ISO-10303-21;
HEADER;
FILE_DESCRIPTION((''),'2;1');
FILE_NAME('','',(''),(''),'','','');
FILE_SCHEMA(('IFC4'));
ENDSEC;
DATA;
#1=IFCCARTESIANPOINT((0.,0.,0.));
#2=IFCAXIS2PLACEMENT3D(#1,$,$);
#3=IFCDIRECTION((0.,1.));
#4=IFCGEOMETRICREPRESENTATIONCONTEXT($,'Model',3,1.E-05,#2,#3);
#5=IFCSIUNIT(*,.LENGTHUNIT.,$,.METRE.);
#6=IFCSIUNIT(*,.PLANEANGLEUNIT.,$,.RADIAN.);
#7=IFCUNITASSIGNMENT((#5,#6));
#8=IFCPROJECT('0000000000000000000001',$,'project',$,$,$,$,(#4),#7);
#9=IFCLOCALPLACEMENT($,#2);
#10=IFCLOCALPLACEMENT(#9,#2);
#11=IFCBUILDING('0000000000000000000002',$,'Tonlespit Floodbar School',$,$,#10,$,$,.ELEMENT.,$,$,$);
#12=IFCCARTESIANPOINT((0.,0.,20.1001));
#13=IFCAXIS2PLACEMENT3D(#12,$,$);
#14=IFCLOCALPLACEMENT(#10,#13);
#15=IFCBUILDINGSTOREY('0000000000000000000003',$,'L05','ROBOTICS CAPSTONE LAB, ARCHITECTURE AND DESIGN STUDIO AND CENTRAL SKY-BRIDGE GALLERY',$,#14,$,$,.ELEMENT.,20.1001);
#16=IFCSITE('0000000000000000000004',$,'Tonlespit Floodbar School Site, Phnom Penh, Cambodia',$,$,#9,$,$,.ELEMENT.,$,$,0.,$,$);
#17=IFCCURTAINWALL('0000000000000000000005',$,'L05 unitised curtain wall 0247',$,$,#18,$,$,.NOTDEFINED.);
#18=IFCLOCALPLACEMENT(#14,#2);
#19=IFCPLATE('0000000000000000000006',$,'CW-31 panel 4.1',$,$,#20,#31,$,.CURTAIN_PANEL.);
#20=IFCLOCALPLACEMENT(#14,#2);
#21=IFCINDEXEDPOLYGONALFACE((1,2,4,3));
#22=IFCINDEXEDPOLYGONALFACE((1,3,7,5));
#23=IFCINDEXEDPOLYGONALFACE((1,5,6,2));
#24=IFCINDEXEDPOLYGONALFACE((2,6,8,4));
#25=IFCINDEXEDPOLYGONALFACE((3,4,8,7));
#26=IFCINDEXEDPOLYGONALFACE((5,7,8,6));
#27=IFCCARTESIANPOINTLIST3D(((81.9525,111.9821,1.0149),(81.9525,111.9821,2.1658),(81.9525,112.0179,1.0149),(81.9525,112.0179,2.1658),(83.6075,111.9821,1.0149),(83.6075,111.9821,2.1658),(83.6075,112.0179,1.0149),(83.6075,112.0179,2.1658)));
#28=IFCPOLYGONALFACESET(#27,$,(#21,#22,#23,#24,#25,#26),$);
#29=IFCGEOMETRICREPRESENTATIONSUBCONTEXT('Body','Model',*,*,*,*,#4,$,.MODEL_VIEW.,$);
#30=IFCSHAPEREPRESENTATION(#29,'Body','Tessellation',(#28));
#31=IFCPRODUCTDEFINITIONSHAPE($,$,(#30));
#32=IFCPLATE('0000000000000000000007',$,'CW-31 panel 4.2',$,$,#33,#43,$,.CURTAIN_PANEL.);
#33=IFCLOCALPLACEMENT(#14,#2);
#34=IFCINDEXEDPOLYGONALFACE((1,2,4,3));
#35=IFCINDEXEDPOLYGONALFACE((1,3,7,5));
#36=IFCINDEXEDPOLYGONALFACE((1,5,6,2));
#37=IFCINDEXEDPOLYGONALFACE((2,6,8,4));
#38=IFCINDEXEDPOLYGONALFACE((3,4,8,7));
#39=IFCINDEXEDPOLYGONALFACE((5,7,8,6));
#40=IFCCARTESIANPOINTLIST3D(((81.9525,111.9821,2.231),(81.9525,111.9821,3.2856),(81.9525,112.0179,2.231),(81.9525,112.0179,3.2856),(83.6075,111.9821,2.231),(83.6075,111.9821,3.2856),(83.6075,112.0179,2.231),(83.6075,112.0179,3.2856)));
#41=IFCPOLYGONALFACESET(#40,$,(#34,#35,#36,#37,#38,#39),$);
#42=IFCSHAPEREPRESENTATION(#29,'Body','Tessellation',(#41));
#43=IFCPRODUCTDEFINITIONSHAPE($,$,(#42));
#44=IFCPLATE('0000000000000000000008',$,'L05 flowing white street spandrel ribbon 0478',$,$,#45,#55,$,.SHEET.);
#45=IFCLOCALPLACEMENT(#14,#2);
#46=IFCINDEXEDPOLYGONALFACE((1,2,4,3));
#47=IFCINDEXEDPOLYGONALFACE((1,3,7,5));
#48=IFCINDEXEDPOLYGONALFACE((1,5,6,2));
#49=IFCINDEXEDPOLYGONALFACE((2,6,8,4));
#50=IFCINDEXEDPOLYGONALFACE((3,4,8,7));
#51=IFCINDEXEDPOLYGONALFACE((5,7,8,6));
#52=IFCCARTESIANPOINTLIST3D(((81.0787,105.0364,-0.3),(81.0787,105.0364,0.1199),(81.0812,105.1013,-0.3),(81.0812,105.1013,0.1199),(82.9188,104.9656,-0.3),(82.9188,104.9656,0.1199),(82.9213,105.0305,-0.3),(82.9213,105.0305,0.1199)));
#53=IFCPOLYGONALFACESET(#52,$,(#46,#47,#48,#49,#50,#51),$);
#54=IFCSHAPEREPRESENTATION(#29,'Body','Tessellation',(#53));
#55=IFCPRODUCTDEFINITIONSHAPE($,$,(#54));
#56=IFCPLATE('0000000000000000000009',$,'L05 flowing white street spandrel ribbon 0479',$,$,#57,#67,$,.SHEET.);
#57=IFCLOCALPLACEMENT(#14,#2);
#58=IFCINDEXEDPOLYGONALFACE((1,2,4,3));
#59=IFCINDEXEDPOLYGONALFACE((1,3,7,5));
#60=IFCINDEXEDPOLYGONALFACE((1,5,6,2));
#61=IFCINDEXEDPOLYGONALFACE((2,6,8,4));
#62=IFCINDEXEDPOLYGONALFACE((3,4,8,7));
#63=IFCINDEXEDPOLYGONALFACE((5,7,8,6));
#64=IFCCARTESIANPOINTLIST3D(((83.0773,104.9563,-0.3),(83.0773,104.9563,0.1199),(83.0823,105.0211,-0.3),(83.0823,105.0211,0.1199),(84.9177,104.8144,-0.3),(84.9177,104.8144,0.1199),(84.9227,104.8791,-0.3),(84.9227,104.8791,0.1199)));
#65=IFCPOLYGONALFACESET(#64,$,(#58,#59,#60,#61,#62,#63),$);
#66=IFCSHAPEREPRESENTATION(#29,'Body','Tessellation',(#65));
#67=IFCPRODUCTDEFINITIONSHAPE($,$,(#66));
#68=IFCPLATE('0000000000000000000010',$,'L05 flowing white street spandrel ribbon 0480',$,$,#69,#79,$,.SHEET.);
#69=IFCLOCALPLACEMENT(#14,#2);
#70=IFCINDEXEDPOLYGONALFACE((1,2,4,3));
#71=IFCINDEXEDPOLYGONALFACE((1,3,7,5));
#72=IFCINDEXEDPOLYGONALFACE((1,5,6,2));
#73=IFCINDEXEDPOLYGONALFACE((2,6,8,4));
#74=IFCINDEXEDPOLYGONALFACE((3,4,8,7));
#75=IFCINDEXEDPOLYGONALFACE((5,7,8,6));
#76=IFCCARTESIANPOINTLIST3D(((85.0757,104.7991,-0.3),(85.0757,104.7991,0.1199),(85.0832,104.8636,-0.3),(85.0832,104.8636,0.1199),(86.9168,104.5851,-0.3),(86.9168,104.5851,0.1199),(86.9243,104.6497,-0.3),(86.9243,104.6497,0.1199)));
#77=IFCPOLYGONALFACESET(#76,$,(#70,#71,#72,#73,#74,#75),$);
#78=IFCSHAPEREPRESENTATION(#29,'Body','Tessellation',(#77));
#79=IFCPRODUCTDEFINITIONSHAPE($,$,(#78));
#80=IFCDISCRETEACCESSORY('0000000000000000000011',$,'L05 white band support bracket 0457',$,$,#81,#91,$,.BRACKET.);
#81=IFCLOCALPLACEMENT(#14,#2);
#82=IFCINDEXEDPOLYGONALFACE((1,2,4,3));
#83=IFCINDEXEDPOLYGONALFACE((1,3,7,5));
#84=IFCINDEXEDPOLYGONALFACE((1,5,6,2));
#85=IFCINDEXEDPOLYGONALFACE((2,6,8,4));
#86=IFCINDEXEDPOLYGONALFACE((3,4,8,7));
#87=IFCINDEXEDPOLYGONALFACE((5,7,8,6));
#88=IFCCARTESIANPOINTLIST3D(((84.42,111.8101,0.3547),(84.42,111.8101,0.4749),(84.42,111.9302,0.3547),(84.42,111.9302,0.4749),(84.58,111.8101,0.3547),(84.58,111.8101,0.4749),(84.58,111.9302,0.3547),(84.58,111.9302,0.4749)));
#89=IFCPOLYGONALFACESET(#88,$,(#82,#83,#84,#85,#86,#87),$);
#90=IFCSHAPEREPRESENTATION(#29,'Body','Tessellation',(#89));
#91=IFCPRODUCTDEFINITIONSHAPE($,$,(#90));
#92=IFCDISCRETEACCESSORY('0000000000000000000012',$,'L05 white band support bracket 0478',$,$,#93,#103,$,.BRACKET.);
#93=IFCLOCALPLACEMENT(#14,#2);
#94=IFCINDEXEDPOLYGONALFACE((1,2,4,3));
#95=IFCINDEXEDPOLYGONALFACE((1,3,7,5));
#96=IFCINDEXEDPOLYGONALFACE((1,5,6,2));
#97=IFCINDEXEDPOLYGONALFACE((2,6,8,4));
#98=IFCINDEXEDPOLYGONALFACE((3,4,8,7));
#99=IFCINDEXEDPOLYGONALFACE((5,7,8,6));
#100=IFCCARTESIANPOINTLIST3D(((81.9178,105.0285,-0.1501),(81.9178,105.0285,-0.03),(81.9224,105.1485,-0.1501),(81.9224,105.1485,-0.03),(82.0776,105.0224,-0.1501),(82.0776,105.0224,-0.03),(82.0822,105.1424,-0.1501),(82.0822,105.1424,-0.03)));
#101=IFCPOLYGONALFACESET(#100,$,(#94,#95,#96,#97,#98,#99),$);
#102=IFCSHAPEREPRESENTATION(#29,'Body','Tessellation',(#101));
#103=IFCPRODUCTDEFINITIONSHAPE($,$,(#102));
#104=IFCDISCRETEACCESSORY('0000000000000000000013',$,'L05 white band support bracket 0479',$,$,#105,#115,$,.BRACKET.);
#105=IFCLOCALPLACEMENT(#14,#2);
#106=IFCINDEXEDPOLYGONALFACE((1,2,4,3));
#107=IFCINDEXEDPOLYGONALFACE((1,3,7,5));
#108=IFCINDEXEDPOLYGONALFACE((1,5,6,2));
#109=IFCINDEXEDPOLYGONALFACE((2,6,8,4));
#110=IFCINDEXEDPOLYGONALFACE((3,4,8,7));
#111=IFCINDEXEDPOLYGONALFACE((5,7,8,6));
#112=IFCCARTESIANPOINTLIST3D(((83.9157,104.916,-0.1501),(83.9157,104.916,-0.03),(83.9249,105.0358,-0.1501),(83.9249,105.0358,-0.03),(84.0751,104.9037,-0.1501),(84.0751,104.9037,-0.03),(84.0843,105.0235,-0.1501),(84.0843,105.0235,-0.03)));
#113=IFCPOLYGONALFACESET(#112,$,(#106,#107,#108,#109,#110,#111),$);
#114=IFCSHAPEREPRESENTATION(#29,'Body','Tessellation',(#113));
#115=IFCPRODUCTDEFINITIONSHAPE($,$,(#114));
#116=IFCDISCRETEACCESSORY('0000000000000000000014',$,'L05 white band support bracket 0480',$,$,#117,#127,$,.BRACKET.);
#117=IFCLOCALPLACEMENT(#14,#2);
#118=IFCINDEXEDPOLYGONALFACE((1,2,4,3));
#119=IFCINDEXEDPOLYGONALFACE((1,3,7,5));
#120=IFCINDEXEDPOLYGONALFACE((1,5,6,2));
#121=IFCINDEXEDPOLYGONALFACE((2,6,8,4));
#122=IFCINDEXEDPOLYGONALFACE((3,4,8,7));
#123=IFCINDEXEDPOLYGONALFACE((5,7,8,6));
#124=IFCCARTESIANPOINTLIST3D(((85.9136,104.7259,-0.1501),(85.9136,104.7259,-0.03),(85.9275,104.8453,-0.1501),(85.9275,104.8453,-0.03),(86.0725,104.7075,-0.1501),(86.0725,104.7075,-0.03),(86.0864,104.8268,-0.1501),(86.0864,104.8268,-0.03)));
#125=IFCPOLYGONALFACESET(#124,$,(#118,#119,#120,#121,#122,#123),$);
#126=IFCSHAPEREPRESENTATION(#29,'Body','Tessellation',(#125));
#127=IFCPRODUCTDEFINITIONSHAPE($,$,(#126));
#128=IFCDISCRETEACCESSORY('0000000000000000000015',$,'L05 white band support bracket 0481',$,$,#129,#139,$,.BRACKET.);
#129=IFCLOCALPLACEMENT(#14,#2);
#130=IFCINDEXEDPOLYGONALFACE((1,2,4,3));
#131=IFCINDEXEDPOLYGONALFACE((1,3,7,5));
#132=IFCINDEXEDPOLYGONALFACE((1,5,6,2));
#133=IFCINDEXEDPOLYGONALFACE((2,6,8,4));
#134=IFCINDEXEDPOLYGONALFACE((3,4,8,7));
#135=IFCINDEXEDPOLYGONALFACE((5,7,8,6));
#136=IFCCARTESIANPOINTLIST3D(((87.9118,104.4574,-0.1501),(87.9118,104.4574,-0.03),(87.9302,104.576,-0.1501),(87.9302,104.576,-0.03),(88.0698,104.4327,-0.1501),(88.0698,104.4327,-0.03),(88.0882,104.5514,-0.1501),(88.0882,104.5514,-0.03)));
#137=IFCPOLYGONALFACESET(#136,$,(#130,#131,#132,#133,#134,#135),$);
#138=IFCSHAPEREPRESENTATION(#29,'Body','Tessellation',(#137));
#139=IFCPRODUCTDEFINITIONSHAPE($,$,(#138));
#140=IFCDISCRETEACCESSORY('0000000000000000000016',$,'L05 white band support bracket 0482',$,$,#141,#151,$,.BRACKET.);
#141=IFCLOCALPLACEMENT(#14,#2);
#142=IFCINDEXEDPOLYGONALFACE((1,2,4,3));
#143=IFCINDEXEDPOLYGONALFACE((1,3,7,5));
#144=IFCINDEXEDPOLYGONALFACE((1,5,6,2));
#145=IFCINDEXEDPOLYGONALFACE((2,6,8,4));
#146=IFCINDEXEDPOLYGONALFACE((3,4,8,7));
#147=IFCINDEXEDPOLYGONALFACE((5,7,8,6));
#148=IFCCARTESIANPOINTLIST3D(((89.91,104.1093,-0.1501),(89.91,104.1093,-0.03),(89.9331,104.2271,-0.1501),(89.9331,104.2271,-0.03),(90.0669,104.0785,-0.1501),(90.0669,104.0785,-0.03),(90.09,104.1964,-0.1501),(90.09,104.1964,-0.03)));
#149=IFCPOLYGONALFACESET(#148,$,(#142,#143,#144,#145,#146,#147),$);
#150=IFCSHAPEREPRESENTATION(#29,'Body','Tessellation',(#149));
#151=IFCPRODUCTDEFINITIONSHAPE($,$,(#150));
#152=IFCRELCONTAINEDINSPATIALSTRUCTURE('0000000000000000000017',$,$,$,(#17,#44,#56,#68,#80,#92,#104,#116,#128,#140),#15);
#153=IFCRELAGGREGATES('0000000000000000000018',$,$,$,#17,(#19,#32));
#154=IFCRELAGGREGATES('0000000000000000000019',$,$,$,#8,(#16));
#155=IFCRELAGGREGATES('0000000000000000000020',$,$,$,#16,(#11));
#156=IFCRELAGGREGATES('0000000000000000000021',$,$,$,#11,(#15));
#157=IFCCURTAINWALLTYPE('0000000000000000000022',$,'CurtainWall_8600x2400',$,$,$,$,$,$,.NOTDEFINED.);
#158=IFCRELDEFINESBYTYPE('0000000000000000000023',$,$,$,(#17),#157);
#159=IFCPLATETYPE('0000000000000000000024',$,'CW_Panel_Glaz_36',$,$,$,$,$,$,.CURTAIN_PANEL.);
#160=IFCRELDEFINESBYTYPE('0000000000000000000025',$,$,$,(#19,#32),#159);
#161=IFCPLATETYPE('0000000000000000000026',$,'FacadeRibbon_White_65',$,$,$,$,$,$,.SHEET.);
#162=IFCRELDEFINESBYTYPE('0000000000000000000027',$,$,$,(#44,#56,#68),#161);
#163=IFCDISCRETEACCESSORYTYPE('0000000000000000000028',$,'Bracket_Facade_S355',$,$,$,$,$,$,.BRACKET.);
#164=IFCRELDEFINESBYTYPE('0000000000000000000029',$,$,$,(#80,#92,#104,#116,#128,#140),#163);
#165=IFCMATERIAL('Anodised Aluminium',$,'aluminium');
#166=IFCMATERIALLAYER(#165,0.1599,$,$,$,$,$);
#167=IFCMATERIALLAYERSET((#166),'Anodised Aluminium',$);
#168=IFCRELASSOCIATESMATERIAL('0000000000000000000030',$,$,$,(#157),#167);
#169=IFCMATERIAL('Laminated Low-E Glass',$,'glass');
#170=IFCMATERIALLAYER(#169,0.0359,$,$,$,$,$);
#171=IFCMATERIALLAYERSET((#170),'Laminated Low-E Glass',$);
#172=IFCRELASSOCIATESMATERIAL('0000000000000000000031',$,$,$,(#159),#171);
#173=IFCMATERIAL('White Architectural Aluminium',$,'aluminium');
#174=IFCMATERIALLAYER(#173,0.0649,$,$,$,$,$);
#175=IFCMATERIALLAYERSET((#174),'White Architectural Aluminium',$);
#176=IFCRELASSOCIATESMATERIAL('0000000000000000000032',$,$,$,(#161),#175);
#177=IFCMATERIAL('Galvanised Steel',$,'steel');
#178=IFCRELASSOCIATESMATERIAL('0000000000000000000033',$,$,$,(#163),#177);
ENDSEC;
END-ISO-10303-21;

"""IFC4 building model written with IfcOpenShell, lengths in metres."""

from ifc_helpers import new_model, si_unit, direction, frame, origin, origin_2d, place, context, subcontext, project, spatial, rectangle, extrude, material, layer, layer_set, type_object, element, aggregate, save


model = new_model("IFC4")

# Units and contexts
model_context = context("Model", 3, precision=1e-05, world=origin(), true_north=direction((0.0, 1.0)))
body_context = subcontext(model_context, "Body", "Model", "MODEL_VIEW")
ifc_project = project(units=[si_unit("LENGTHUNIT", "METRE"), si_unit("PLANEANGLEUNIT", "RADIAN")], contexts=[model_context])

# Site, building, storey
site_placement = place(None, origin())
site = spatial("IfcSite", under=ifc_project, at=site_placement, Name="Tonlespit Floodbar School Site, Phnom Penh, Cambodia", CompositionType="ELEMENT", RefElevation=0.0)
building_placement = place(site_placement, origin())
building = spatial("IfcBuilding", under=site, at=building_placement, Name="Tonlespit Floodbar School", CompositionType="ELEMENT")
storey_placement = place(building_placement, frame((0.0, 0.0, 20.1001)))
storey = spatial("IfcBuildingStorey", under=building, at=storey_placement, Name="L05", Description="ROBOTICS CAPSTONE LAB, ARCHITECTURE AND DESIGN STUDIO AND CENTRAL SKY-BRIDGE GALLERY", CompositionType="ELEMENT", Elevation=20.1001)

# Curtain wall, plates
ifc_material_1 = material(Name="Anodised Aluminium", Category="aluminium")
ifc_layer_1 = layer(ifc_material_1, 0.1599)
ifc_layer_set_1 = layer_set([ifc_layer_1], Name="Anodised Aluminium")
curtain_wall_type = type_object("IfcCurtainWallType", Name="CurtainWall_8600x2400", PredefinedType="NOTDEFINED", material=ifc_layer_set_1)
curtain_wall_placement = place(storey_placement, origin())
curtain_wall = element("IfcCurtainWall", 1, at=curtain_wall_placement, inside=storey, type_object=curtain_wall_type, Name="L05 unitised curtain wall 0247", PredefinedType="NOTDEFINED")
ifc_material_2 = material(Name="Laminated Low-E Glass", Category="glass")
ifc_layer_2 = layer(ifc_material_2, 0.0359)
ifc_layer_set_2 = layer_set([ifc_layer_2], Name="Laminated Low-E Glass")
plate_type_1 = type_object("IfcPlateType", Name="CW_Panel_Glaz_36", PredefinedType="CURTAIN_PANEL", material=ifc_layer_set_2)
plate_1_placement = place(storey_placement, frame((82.78, 112.0, 1.0149), z_axis=(0.0, 0.0, 1.0), x_axis=(-1.0, 0.0, 0.0)))
plate_1 = element("IfcPlate", 2, at=plate_1_placement, type_object=plate_type_1, Name="CW-31 panel 4.1", PredefinedType="CURTAIN_PANEL", context=body_context, shape_type="SweptSolid", body=[
    extrude(rectangle(XDim=1.655, YDim=0.0359, at=origin_2d()), origin(), (0.0, 0.0, 1.0), 1.1509),
])
plate_2_placement = place(storey_placement, frame((82.78, 112.0, 2.231), z_axis=(0.0, 0.0, 1.0), x_axis=(-1.0, 0.0, 0.0)))
plate_2 = element("IfcPlate", 3, at=plate_2_placement, type_object=plate_type_1, Name="CW-31 panel 4.2", PredefinedType="CURTAIN_PANEL", context=body_context, shape_type="SweptSolid", body=[
    extrude(rectangle(XDim=1.655, YDim=0.0359, at=origin_2d()), origin(), (0.0, 0.0, 1.0), 1.0547),
])
aggregate(curtain_wall, [plate_1, plate_2])

# Plates
ifc_material_3 = material(Name="White Architectural Aluminium", Category="aluminium")
ifc_layer_3 = layer(ifc_material_3, 0.0649)
ifc_layer_set_3 = layer_set([ifc_layer_3], Name="White Architectural Aluminium")
plate_type_2 = type_object("IfcPlateType", Name="FacadeRibbon_White_65", PredefinedType="SHEET", material=ifc_layer_set_3)
plate_3_placement = place(storey_placement, frame((82.0, 105.0334, -0.3), z_axis=(0.0, 0.0, 1.0), x_axis=(0.99926, -0.038472, 0.0)))
element("IfcPlate", 4, at=plate_3_placement, inside=storey, type_object=plate_type_2, Name="L05 flowing white street spandrel ribbon 0478", PredefinedType="SHEET", context=body_context, shape_type="SweptSolid", body=[
    extrude(rectangle(XDim=1.8416, YDim=0.0649, at=origin_2d()), origin(), (0.0, 0.0, 1.0), 0.4199),
])
plate_4_placement = place(storey_placement, frame((84.0, 104.9177, -0.3), z_axis=(0.0, 0.0, 1.0), x_axis=(0.997037, -0.076921, 0.0)))
element("IfcPlate", 5, at=plate_4_placement, inside=storey, type_object=plate_type_2, Name="L05 flowing white street spandrel ribbon 0479", PredefinedType="SHEET", context=body_context, shape_type="SweptSolid", body=[
    extrude(rectangle(XDim=1.8459, YDim=0.0649, at=origin_2d()), origin(), (0.0, 0.0, 1.0), 0.4199),
])
plate_5_placement = place(storey_placement, frame((86.0, 104.7244, -0.3), z_axis=(0.0, 0.0, 1.0), x_axis=(0.993316, -0.115423, 0.0)))
element("IfcPlate", 6, at=plate_5_placement, inside=storey, type_object=plate_type_2, Name="L05 flowing white street spandrel ribbon 0480", PredefinedType="SHEET", context=body_context, shape_type="SweptSolid", body=[
    extrude(rectangle(XDim=1.8535, YDim=0.0649, at=origin_2d()), origin(), (0.0, 0.0, 1.0), 0.4199),
])

# Discrete accessories
ifc_material_4 = material(Name="Galvanised Steel", Category="steel")
discrete_accessory_type = type_object("IfcDiscreteAccessoryType", Name="Bracket_Facade_S355", PredefinedType="BRACKET", material=ifc_material_4)
for number, where, z_axis, x_axis, name in (
    (7, (84.5, 111.8701, 0.3547), (0.0, 0.0, 1.0), (-1.0, 0.0, 0.0), "L05 white band support bracket 0457"),
    (8, (82.0, 105.0854, -0.1501), (0.0, 0.0, 1.0), (0.99926, -0.038472, 0.0), "L05 white band support bracket 0478"),
    (9, (84.0, 104.9697, -0.1501), (0.0, 0.0, 1.0), (0.997037, -0.076921, 0.0), "L05 white band support bracket 0479"),
    (10, (86.0, 104.7764, -0.1501), (0.0, 0.0, 1.0), (0.993316, -0.115423, 0.0), "L05 white band support bracket 0480"),
    (11, (88.0, 104.5044, -0.1501), (0.0, 0.0, 1.0), (0.988095, -0.153846, 0.0), "L05 white band support bracket 0481"),
    (12, (90.0, 104.1528, -0.1501), (0.0, 0.0, 1.0), (0.981328, -0.19234, 0.0), "L05 white band support bracket 0482"),
):
    element("IfcDiscreteAccessory", number, at=place(storey_placement, frame(where, z_axis=z_axis, x_axis=x_axis)), inside=storey, type_object=discrete_accessory_type, Name=name, PredefinedType="BRACKET", context=body_context, shape_type="SweptSolid", body=[
        extrude(rectangle(XDim=0.1599, YDim=0.1201, at=origin_2d()), origin(), (0.0, 0.0, 1.0), 0.1201),
    ])

save(model, "model.ifc")
